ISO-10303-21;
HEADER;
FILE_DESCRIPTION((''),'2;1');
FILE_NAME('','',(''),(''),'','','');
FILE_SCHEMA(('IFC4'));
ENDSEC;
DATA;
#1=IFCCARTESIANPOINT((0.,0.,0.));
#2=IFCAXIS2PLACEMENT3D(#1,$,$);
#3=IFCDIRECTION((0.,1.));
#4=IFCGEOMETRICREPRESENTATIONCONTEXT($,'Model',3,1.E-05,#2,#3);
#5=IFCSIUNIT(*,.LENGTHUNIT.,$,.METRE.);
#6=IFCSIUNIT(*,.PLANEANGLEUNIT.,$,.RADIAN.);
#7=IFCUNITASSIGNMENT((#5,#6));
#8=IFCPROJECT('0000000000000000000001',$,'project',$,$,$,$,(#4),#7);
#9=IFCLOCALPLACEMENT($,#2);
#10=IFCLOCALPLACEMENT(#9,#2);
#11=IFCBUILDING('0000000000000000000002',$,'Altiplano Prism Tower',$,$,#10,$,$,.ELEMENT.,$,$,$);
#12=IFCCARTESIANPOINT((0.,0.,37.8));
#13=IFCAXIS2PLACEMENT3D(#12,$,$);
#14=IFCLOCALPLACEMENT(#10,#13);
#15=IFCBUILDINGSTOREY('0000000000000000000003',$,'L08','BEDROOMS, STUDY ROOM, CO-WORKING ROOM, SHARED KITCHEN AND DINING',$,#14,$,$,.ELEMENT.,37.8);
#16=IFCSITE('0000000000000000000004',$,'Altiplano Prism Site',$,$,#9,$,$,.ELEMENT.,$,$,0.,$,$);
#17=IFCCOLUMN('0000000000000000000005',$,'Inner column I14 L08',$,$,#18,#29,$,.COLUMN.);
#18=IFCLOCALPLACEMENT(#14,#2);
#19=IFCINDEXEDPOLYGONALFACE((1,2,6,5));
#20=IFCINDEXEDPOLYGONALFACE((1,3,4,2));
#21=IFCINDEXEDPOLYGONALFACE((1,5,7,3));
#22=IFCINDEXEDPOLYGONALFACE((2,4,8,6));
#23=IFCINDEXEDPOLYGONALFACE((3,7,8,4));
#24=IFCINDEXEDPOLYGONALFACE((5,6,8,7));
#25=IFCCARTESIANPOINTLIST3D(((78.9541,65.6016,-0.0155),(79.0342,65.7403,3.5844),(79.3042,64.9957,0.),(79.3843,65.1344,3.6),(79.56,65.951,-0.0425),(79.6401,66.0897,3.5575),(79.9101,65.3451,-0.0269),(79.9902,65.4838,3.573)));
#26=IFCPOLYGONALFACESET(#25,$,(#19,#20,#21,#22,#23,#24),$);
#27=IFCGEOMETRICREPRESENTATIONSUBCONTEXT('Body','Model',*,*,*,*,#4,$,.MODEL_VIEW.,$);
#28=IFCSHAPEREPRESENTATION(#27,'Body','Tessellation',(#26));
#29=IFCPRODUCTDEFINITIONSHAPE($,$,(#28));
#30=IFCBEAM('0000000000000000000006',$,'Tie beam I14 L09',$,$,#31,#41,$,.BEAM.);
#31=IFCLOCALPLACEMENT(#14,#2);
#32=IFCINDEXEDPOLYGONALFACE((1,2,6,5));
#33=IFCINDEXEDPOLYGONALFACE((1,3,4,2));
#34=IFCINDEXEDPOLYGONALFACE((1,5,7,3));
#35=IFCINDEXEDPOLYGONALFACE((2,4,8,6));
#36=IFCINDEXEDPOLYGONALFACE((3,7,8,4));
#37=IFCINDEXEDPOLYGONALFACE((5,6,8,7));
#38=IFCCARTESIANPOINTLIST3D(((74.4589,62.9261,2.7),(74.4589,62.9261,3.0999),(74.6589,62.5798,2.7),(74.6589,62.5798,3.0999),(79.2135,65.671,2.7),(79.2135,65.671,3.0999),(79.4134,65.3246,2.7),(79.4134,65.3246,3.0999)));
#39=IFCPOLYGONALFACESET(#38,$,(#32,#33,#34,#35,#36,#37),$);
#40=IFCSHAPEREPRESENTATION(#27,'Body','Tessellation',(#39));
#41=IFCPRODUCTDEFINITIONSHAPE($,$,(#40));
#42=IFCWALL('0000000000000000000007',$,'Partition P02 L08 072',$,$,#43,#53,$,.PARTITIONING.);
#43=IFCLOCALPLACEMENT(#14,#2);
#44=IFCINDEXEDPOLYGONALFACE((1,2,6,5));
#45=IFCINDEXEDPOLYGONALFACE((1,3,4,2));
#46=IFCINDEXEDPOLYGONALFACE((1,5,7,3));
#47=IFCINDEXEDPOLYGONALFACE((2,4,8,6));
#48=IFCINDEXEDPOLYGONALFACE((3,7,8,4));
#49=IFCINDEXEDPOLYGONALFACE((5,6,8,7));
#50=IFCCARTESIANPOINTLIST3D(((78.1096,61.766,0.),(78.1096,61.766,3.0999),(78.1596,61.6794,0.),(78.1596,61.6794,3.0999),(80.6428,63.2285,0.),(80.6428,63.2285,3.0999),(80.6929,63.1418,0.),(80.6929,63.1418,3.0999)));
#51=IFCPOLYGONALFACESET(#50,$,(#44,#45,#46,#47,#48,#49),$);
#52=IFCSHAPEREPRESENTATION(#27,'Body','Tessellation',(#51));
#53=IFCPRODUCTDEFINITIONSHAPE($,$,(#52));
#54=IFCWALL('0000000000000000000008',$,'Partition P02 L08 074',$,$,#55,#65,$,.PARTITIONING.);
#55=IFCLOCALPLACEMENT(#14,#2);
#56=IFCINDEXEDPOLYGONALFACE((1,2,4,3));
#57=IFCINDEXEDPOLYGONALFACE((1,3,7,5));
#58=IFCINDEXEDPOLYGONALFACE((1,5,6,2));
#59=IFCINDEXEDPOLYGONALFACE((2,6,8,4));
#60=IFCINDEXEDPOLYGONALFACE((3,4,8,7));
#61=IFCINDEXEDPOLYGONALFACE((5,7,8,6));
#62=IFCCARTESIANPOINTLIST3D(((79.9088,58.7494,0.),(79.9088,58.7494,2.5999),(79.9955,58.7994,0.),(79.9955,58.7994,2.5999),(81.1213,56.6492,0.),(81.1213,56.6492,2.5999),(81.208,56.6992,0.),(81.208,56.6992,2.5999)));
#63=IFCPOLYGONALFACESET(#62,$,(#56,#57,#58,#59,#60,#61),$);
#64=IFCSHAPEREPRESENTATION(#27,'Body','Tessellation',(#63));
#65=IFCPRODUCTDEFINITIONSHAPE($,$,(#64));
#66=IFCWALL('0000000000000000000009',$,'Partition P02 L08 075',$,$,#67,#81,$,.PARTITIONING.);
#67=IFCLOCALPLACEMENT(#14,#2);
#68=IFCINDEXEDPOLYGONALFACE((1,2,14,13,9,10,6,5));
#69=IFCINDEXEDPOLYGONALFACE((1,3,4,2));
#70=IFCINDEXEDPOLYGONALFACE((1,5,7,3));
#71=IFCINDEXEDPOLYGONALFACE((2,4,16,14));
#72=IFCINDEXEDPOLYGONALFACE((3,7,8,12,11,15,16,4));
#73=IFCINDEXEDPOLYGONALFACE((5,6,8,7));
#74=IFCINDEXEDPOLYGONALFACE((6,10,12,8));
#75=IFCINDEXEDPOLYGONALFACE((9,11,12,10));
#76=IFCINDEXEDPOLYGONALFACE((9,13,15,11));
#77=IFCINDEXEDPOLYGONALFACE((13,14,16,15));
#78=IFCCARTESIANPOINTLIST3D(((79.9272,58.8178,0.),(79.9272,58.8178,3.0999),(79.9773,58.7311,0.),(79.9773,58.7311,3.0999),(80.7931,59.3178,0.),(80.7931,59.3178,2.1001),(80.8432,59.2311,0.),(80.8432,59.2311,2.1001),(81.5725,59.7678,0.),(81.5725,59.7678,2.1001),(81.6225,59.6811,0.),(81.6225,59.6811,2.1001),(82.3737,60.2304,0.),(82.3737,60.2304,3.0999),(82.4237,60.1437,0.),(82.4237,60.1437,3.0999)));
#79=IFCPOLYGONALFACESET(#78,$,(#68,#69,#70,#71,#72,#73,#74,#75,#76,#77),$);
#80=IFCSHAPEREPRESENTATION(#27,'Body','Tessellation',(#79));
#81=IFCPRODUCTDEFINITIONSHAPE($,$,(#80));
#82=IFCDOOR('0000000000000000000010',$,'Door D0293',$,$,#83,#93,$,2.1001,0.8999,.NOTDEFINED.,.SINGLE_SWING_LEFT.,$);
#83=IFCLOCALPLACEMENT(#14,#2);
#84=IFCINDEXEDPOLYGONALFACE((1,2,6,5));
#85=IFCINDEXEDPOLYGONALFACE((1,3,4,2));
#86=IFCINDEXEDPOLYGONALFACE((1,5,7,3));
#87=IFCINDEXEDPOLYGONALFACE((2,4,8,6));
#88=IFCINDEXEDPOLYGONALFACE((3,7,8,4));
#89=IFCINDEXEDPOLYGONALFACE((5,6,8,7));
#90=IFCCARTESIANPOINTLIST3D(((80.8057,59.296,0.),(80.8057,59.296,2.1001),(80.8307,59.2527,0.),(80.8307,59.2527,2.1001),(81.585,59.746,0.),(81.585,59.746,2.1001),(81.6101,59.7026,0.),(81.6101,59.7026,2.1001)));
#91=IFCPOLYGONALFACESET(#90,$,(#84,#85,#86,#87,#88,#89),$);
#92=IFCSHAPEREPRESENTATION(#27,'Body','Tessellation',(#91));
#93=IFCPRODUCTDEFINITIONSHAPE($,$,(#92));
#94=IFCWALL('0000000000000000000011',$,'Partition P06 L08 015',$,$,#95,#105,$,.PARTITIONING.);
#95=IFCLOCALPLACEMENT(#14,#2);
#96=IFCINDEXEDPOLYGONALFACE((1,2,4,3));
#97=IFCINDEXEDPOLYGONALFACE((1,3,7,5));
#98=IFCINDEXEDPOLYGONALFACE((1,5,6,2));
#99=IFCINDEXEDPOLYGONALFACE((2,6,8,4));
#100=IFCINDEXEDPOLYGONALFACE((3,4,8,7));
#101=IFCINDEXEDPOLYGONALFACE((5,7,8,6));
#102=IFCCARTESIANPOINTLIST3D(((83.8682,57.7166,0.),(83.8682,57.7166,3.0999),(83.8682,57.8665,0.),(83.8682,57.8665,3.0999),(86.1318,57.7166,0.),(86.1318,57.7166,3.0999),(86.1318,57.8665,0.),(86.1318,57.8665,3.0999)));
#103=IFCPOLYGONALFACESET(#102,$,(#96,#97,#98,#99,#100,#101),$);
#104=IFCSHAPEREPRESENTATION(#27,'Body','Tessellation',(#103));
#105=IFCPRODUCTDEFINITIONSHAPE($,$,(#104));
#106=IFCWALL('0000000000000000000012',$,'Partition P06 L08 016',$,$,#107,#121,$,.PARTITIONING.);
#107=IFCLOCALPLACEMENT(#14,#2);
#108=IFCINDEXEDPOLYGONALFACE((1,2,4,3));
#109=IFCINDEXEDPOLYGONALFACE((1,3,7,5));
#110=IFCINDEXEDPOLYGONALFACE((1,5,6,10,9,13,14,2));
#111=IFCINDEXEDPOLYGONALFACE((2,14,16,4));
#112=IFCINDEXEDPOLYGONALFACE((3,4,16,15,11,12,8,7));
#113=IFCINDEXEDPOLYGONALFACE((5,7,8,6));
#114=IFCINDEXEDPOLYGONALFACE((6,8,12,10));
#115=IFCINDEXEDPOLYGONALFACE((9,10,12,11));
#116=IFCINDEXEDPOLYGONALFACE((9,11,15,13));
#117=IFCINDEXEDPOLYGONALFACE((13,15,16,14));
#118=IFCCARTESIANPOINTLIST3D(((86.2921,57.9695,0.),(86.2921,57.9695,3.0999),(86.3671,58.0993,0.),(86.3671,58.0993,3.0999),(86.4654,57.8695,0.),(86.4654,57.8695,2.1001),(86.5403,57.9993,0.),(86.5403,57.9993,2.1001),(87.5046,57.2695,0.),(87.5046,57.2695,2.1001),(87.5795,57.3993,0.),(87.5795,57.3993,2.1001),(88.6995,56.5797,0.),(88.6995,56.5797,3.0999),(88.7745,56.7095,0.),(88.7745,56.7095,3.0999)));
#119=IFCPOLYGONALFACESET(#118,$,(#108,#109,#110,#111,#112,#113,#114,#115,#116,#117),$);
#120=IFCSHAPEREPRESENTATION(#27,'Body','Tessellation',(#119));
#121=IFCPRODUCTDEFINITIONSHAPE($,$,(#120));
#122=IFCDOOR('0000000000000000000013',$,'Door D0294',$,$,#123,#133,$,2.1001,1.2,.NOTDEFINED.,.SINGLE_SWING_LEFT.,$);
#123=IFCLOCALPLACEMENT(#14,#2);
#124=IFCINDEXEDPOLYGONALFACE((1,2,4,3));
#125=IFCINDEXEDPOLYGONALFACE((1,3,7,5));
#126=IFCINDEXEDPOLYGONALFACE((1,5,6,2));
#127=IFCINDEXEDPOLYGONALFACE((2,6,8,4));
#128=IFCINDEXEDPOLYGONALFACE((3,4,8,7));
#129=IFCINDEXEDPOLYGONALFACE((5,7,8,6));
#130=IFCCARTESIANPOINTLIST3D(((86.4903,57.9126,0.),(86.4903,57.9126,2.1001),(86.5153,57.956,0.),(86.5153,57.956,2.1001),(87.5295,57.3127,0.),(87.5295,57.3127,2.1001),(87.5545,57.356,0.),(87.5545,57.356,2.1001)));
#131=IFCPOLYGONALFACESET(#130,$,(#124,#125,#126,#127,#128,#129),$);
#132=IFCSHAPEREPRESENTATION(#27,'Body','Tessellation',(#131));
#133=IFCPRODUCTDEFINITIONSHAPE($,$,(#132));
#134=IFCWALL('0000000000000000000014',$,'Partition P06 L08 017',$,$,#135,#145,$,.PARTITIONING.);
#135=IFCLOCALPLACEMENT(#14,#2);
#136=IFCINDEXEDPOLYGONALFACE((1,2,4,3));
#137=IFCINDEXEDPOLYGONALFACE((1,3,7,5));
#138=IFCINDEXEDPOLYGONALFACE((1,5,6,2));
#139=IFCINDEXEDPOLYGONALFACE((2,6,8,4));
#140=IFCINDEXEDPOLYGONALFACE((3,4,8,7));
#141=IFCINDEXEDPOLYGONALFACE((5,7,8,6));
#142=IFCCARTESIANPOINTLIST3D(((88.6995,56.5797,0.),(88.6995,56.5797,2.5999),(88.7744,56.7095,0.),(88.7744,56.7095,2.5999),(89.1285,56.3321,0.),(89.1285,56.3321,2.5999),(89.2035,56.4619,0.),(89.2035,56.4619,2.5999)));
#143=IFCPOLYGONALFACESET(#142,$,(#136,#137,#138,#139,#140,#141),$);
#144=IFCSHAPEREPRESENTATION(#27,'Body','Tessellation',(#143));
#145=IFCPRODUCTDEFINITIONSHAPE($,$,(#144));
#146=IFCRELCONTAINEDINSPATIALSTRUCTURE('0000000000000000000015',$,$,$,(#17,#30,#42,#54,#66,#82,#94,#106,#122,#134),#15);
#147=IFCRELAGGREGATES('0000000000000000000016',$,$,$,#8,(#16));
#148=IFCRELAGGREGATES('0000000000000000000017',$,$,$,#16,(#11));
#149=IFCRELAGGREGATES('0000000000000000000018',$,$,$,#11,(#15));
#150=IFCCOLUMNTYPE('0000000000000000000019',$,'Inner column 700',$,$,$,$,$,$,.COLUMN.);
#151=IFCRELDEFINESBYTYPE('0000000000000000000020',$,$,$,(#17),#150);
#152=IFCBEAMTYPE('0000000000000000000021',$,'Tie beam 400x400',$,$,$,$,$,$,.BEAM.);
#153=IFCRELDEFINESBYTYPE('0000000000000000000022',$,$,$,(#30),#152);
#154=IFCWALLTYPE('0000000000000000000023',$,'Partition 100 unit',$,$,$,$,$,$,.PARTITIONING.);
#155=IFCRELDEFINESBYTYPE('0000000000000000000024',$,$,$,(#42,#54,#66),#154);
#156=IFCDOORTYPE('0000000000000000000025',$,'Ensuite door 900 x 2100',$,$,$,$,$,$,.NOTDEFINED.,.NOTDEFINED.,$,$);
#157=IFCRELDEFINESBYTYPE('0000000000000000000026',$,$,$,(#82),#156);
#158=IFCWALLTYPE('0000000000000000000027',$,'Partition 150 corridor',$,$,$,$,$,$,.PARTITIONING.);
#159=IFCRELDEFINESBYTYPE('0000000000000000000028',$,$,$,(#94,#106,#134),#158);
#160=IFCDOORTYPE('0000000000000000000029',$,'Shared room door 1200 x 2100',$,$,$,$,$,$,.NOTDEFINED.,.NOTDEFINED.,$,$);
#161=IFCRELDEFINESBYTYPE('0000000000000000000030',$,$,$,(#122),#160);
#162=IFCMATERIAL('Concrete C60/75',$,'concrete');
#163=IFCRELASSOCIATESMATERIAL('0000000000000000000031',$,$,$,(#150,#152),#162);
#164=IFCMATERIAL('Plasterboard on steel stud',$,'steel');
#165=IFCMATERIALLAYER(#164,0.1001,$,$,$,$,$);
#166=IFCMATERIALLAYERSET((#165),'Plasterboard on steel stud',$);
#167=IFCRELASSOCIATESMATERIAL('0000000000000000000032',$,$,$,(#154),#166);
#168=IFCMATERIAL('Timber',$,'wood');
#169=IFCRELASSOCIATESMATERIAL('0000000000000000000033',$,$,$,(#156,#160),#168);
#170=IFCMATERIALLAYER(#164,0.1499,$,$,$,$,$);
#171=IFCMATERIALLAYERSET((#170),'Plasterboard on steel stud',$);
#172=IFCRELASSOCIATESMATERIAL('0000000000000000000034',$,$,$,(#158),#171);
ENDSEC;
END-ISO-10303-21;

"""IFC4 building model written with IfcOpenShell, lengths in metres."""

from ifc_helpers import new_model, si_unit, direction, frame, frame_2d, origin, origin_2d, place, context, subcontext, project, spatial, rectangle, extrude, material, layer, layer_set, material_profile, profile_set, type_object, element, fill, save


model = new_model("IFC4")

# Units and contexts
model_context = context("Model", 3, precision=1e-05, world=origin(), true_north=direction((0.0, 1.0)))
body_context = subcontext(model_context, "Body", "Model", "MODEL_VIEW")
ifc_project = project(units=[si_unit("LENGTHUNIT", "METRE"), si_unit("PLANEANGLEUNIT", "RADIAN")], contexts=[model_context])

# Site, building, storey
site_placement = place(None, origin())
site = spatial("IfcSite", under=ifc_project, at=site_placement, Name="Altiplano Prism Site", CompositionType="ELEMENT", RefElevation=0.0)
building_placement = place(site_placement, origin())
building = spatial("IfcBuilding", under=site, at=building_placement, Name="Altiplano Prism Tower", CompositionType="ELEMENT")
storey_placement = place(building_placement, frame((0.0, 0.0, 37.8)))
storey = spatial("IfcBuildingStorey", under=building, at=storey_placement, Name="L08", Description="BEDROOMS, STUDY ROOM, CO-WORKING ROOM, SHARED KITCHEN AND DINING", CompositionType="ELEMENT", Elevation=37.8)

# Column
ifc_material_1 = material(Name="Concrete C60/75", Category="concrete")
ifc_material_profile_1 = material_profile(ifc_material_1, rectangle(XDim=0.7, YDim=0.7, at=origin_2d()), Name="Inner column 700")
ifc_profile_set_1 = profile_set([ifc_material_profile_1], Name="Concrete C60/75")
column_type = type_object("IfcColumnType", Name="Inner column 700", PredefinedType="COLUMN", material=ifc_profile_set_1)
column_placement = place(storey_placement, frame((79.4321, 65.4734, -0.0212), z_axis=(0.022223, 0.038483, 0.999012), x_axis=(-0.865638, -0.499189, 0.038485)))
element("IfcColumn", 1, at=column_placement, inside=storey, type_object=column_type, Name="Inner column I14 L08", PredefinedType="COLUMN", context=body_context, shape_type="SweptSolid", body=[
    extrude(rectangle(XDim=0.7, YDim=0.7, at=origin_2d()), origin(), (0.0, 0.0, 1.0), 3.6035),
])

# Beam
ifc_material_profile_2 = material_profile(ifc_material_1, rectangle(XDim=0.3999, YDim=0.3999, at=origin_2d()), Name="Tie beam 400x400")
ifc_profile_set_2 = profile_set([ifc_material_profile_2], Name="Concrete C60/75")
beam_type = type_object("IfcBeamType", Name="Tie beam 400x400", PredefinedType="BEAM", material=ifc_profile_set_2)
beam_placement = place(storey_placement, frame((79.3135, 65.4978, 2.8999), z_axis=(-0.866043, -0.49997, 0.0), x_axis=(0.49997, -0.866043, 0.0)))
element("IfcBeam", 2, at=beam_placement, inside=storey, type_object=beam_type, Name="Tie beam I14 L09", PredefinedType="BEAM", context=body_context, shape_type="SweptSolid", body=[
    extrude(rectangle(XDim=0.3999, YDim=0.3999, at=origin_2d()), origin(), (0.0, 0.0, 1.0), 5.49),
])

# Walls
ifc_material_2 = material(Name="Plasterboard on steel stud", Category="steel")
ifc_layer_1 = layer(ifc_material_2, 0.1001)
ifc_layer_set_1 = layer_set([ifc_layer_1], Name="Plasterboard on steel stud")
wall_type_1 = type_object("IfcWallType", Name="Partition 100 unit", PredefinedType="PARTITIONING", material=ifc_layer_set_1)
wall_1_placement = place(storey_placement, frame((80.6677, 63.1851, 0.0), z_axis=(0.0, 0.0, 1.0), x_axis=(-0.866047, -0.499963, 0.0)))
element("IfcWall", 3, at=wall_1_placement, inside=storey, type_object=wall_type_1, Name="Partition P02 L08 072", PredefinedType="PARTITIONING", context=body_context, shape_type="SweptSolid", body=[
    extrude(rectangle(XDim=2.925, YDim=0.1001, at=frame_2d((1.4624, 0.0))), origin(), (0.0, 0.0, 1.0), 3.0999),
])
wall_2_placement = place(storey_placement, frame((81.1646, 56.6743, 0.0), z_axis=(0.0, 0.0, 1.0), x_axis=(-0.499972, 0.866041, 0.0)))
element("IfcWall", 4, at=wall_2_placement, inside=storey, type_object=wall_type_1, Name="Partition P02 L08 074", PredefinedType="PARTITIONING", context=body_context, shape_type="SweptSolid", body=[
    extrude(rectangle(XDim=2.425, YDim=0.1001, at=frame_2d((1.2124, 0.0))), origin(), (0.0, 0.0, 1.0), 2.5999),
])

# Wall, opening, door
wall_3_placement = place(storey_placement, frame((79.9521, 58.7744, 0.0), z_axis=(0.0, 0.0, 1.0), x_axis=(0.866011, 0.500024, 0.0)))
wall_3 = element("IfcWall", 5, at=wall_3_placement, inside=storey, type_object=wall_type_1, Name="Partition P02 L08 075", PredefinedType="PARTITIONING", context=body_context, shape_type="SweptSolid", body=[
    extrude(rectangle(XDim=2.825, YDim=0.1001, at=frame_2d((1.4126, 0.0))), origin(), (0.0, 0.0, 1.0), 3.0999),
])
opening_1_placement = place(wall_3_placement, frame((1.0, 0.0, 0.0)))
opening_1 = element("IfcOpeningElement", 6, at=opening_1_placement, cuts=wall_3, PredefinedType="OPENING", context=body_context, shape_type="SweptSolid", body=[
    extrude(rectangle(XDim=0.8999, YDim=2.1001, at=frame_2d((0.45, 1.05))), frame((0.0, 0.0605, 0.0), z_axis=(0.0, -1.0, 0.0), x_axis=(1.0, 0.0, 0.0)), (0.0, 0.0, 1.0), 0.1211),
])
ifc_material_3 = material(Name="Timber", Category="wood")
door_type_1 = type_object("IfcDoorType", Name="Ensuite door 900 x 2100", OperationType="NOTDEFINED", PredefinedType="NOTDEFINED", material=ifc_material_3)
door_1_placement = place(opening_1_placement, origin())
door_1 = element("IfcDoor", 7, at=door_1_placement, inside=storey, type_object=door_type_1, Name="Door D0293", OperationType="SINGLE_SWING_LEFT", OverallHeight=2.1001, OverallWidth=0.8999, PredefinedType="NOTDEFINED", context=body_context, shape_type="SweptSolid", body=[
    extrude(rectangle(XDim=0.8999, YDim=2.1001, at=frame_2d((0.45, 1.05))), frame((0.0, 0.0249, 0.0), z_axis=(0.0, -1.0, 0.0), x_axis=(1.0, 0.0, 0.0)), (0.0, 0.0, 1.0), 0.05),
])
fill(opening_1, door_1)

# Wall
ifc_layer_2 = layer(ifc_material_2, 0.1499)
ifc_layer_set_2 = layer_set([ifc_layer_2], Name="Plasterboard on steel stud")
wall_type_2 = type_object("IfcWallType", Name="Partition 150 corridor", PredefinedType="PARTITIONING", material=ifc_layer_set_2)
wall_4_placement = place(storey_placement, frame((83.8682, 57.7915, 0.0), z_axis=(0.0, 0.0, 1.0), x_axis=(1.0, 0.0, 0.0)))
element("IfcWall", 8, at=wall_4_placement, inside=storey, type_object=wall_type_2, Name="Partition P06 L08 015", PredefinedType="PARTITIONING", context=body_context, shape_type="SweptSolid", body=[
    extrude(rectangle(XDim=2.2637, YDim=0.1499, at=frame_2d((1.1318, 0.0))), origin(), (0.0, 0.0, 1.0), 3.0999),
])

# Wall, opening, door
wall_5_placement = place(storey_placement, frame((86.3296, 58.0344, 0.0), z_axis=(0.0, 0.0, 1.0), x_axis=(0.866035, -0.499983, 0.0)))
wall_5 = element("IfcWall", 9, at=wall_5_placement, inside=storey, type_object=wall_type_2, Name="Partition P06 L08 016", PredefinedType="PARTITIONING", context=body_context, shape_type="SweptSolid", body=[
    extrude(rectangle(XDim=2.7798, YDim=0.1499, at=frame_2d((1.3899, 0.0))), origin(), (0.0, 0.0, 1.0), 3.0999),
])
opening_2_placement = place(wall_5_placement, frame((0.2, 0.0, 0.0)))
opening_2 = element("IfcOpeningElement", 10, at=opening_2_placement, cuts=wall_5, PredefinedType="OPENING", context=body_context, shape_type="SweptSolid", body=[
    extrude(rectangle(XDim=1.2, YDim=2.1001, at=frame_2d((0.6001, 1.05))), frame((0.0, 0.0854, 0.0), z_axis=(0.0, -1.0, 0.0), x_axis=(1.0, 0.0, 0.0)), (0.0, 0.0, 1.0), 0.1709),
])
door_type_2 = type_object("IfcDoorType", Name="Shared room door 1200 x 2100", OperationType="NOTDEFINED", PredefinedType="NOTDEFINED", material=ifc_material_3)
door_2_placement = place(opening_2_placement, origin())
door_2 = element("IfcDoor", 11, at=door_2_placement, inside=storey, type_object=door_type_2, Name="Door D0294", OperationType="SINGLE_SWING_LEFT", OverallHeight=2.1001, OverallWidth=1.2, PredefinedType="NOTDEFINED", context=body_context, shape_type="SweptSolid", body=[
    extrude(rectangle(XDim=1.2, YDim=2.1001, at=frame_2d((0.6001, 1.05))), frame((0.0, 0.0249, 0.0), z_axis=(0.0, -1.0, 0.0), x_axis=(1.0, 0.0, 0.0)), (0.0, 0.0, 1.0), 0.05),
])
fill(opening_2, door_2)

# Wall
wall_6_placement = place(storey_placement, frame((88.7371, 56.6445, 0.0), z_axis=(0.0, 0.0, 1.0), x_axis=(0.866112, -0.49985, 0.0)))
element("IfcWall", 12, at=wall_6_placement, inside=storey, type_object=wall_type_2, Name="Partition P06 L08 017", PredefinedType="PARTITIONING", context=body_context, shape_type="SweptSolid", body=[
    extrude(rectangle(XDim=0.4954, YDim=0.1499, at=frame_2d((0.2476, 0.0))), origin(), (0.0, 0.0, 1.0), 2.5999),
])

save(model, "model.ifc")
